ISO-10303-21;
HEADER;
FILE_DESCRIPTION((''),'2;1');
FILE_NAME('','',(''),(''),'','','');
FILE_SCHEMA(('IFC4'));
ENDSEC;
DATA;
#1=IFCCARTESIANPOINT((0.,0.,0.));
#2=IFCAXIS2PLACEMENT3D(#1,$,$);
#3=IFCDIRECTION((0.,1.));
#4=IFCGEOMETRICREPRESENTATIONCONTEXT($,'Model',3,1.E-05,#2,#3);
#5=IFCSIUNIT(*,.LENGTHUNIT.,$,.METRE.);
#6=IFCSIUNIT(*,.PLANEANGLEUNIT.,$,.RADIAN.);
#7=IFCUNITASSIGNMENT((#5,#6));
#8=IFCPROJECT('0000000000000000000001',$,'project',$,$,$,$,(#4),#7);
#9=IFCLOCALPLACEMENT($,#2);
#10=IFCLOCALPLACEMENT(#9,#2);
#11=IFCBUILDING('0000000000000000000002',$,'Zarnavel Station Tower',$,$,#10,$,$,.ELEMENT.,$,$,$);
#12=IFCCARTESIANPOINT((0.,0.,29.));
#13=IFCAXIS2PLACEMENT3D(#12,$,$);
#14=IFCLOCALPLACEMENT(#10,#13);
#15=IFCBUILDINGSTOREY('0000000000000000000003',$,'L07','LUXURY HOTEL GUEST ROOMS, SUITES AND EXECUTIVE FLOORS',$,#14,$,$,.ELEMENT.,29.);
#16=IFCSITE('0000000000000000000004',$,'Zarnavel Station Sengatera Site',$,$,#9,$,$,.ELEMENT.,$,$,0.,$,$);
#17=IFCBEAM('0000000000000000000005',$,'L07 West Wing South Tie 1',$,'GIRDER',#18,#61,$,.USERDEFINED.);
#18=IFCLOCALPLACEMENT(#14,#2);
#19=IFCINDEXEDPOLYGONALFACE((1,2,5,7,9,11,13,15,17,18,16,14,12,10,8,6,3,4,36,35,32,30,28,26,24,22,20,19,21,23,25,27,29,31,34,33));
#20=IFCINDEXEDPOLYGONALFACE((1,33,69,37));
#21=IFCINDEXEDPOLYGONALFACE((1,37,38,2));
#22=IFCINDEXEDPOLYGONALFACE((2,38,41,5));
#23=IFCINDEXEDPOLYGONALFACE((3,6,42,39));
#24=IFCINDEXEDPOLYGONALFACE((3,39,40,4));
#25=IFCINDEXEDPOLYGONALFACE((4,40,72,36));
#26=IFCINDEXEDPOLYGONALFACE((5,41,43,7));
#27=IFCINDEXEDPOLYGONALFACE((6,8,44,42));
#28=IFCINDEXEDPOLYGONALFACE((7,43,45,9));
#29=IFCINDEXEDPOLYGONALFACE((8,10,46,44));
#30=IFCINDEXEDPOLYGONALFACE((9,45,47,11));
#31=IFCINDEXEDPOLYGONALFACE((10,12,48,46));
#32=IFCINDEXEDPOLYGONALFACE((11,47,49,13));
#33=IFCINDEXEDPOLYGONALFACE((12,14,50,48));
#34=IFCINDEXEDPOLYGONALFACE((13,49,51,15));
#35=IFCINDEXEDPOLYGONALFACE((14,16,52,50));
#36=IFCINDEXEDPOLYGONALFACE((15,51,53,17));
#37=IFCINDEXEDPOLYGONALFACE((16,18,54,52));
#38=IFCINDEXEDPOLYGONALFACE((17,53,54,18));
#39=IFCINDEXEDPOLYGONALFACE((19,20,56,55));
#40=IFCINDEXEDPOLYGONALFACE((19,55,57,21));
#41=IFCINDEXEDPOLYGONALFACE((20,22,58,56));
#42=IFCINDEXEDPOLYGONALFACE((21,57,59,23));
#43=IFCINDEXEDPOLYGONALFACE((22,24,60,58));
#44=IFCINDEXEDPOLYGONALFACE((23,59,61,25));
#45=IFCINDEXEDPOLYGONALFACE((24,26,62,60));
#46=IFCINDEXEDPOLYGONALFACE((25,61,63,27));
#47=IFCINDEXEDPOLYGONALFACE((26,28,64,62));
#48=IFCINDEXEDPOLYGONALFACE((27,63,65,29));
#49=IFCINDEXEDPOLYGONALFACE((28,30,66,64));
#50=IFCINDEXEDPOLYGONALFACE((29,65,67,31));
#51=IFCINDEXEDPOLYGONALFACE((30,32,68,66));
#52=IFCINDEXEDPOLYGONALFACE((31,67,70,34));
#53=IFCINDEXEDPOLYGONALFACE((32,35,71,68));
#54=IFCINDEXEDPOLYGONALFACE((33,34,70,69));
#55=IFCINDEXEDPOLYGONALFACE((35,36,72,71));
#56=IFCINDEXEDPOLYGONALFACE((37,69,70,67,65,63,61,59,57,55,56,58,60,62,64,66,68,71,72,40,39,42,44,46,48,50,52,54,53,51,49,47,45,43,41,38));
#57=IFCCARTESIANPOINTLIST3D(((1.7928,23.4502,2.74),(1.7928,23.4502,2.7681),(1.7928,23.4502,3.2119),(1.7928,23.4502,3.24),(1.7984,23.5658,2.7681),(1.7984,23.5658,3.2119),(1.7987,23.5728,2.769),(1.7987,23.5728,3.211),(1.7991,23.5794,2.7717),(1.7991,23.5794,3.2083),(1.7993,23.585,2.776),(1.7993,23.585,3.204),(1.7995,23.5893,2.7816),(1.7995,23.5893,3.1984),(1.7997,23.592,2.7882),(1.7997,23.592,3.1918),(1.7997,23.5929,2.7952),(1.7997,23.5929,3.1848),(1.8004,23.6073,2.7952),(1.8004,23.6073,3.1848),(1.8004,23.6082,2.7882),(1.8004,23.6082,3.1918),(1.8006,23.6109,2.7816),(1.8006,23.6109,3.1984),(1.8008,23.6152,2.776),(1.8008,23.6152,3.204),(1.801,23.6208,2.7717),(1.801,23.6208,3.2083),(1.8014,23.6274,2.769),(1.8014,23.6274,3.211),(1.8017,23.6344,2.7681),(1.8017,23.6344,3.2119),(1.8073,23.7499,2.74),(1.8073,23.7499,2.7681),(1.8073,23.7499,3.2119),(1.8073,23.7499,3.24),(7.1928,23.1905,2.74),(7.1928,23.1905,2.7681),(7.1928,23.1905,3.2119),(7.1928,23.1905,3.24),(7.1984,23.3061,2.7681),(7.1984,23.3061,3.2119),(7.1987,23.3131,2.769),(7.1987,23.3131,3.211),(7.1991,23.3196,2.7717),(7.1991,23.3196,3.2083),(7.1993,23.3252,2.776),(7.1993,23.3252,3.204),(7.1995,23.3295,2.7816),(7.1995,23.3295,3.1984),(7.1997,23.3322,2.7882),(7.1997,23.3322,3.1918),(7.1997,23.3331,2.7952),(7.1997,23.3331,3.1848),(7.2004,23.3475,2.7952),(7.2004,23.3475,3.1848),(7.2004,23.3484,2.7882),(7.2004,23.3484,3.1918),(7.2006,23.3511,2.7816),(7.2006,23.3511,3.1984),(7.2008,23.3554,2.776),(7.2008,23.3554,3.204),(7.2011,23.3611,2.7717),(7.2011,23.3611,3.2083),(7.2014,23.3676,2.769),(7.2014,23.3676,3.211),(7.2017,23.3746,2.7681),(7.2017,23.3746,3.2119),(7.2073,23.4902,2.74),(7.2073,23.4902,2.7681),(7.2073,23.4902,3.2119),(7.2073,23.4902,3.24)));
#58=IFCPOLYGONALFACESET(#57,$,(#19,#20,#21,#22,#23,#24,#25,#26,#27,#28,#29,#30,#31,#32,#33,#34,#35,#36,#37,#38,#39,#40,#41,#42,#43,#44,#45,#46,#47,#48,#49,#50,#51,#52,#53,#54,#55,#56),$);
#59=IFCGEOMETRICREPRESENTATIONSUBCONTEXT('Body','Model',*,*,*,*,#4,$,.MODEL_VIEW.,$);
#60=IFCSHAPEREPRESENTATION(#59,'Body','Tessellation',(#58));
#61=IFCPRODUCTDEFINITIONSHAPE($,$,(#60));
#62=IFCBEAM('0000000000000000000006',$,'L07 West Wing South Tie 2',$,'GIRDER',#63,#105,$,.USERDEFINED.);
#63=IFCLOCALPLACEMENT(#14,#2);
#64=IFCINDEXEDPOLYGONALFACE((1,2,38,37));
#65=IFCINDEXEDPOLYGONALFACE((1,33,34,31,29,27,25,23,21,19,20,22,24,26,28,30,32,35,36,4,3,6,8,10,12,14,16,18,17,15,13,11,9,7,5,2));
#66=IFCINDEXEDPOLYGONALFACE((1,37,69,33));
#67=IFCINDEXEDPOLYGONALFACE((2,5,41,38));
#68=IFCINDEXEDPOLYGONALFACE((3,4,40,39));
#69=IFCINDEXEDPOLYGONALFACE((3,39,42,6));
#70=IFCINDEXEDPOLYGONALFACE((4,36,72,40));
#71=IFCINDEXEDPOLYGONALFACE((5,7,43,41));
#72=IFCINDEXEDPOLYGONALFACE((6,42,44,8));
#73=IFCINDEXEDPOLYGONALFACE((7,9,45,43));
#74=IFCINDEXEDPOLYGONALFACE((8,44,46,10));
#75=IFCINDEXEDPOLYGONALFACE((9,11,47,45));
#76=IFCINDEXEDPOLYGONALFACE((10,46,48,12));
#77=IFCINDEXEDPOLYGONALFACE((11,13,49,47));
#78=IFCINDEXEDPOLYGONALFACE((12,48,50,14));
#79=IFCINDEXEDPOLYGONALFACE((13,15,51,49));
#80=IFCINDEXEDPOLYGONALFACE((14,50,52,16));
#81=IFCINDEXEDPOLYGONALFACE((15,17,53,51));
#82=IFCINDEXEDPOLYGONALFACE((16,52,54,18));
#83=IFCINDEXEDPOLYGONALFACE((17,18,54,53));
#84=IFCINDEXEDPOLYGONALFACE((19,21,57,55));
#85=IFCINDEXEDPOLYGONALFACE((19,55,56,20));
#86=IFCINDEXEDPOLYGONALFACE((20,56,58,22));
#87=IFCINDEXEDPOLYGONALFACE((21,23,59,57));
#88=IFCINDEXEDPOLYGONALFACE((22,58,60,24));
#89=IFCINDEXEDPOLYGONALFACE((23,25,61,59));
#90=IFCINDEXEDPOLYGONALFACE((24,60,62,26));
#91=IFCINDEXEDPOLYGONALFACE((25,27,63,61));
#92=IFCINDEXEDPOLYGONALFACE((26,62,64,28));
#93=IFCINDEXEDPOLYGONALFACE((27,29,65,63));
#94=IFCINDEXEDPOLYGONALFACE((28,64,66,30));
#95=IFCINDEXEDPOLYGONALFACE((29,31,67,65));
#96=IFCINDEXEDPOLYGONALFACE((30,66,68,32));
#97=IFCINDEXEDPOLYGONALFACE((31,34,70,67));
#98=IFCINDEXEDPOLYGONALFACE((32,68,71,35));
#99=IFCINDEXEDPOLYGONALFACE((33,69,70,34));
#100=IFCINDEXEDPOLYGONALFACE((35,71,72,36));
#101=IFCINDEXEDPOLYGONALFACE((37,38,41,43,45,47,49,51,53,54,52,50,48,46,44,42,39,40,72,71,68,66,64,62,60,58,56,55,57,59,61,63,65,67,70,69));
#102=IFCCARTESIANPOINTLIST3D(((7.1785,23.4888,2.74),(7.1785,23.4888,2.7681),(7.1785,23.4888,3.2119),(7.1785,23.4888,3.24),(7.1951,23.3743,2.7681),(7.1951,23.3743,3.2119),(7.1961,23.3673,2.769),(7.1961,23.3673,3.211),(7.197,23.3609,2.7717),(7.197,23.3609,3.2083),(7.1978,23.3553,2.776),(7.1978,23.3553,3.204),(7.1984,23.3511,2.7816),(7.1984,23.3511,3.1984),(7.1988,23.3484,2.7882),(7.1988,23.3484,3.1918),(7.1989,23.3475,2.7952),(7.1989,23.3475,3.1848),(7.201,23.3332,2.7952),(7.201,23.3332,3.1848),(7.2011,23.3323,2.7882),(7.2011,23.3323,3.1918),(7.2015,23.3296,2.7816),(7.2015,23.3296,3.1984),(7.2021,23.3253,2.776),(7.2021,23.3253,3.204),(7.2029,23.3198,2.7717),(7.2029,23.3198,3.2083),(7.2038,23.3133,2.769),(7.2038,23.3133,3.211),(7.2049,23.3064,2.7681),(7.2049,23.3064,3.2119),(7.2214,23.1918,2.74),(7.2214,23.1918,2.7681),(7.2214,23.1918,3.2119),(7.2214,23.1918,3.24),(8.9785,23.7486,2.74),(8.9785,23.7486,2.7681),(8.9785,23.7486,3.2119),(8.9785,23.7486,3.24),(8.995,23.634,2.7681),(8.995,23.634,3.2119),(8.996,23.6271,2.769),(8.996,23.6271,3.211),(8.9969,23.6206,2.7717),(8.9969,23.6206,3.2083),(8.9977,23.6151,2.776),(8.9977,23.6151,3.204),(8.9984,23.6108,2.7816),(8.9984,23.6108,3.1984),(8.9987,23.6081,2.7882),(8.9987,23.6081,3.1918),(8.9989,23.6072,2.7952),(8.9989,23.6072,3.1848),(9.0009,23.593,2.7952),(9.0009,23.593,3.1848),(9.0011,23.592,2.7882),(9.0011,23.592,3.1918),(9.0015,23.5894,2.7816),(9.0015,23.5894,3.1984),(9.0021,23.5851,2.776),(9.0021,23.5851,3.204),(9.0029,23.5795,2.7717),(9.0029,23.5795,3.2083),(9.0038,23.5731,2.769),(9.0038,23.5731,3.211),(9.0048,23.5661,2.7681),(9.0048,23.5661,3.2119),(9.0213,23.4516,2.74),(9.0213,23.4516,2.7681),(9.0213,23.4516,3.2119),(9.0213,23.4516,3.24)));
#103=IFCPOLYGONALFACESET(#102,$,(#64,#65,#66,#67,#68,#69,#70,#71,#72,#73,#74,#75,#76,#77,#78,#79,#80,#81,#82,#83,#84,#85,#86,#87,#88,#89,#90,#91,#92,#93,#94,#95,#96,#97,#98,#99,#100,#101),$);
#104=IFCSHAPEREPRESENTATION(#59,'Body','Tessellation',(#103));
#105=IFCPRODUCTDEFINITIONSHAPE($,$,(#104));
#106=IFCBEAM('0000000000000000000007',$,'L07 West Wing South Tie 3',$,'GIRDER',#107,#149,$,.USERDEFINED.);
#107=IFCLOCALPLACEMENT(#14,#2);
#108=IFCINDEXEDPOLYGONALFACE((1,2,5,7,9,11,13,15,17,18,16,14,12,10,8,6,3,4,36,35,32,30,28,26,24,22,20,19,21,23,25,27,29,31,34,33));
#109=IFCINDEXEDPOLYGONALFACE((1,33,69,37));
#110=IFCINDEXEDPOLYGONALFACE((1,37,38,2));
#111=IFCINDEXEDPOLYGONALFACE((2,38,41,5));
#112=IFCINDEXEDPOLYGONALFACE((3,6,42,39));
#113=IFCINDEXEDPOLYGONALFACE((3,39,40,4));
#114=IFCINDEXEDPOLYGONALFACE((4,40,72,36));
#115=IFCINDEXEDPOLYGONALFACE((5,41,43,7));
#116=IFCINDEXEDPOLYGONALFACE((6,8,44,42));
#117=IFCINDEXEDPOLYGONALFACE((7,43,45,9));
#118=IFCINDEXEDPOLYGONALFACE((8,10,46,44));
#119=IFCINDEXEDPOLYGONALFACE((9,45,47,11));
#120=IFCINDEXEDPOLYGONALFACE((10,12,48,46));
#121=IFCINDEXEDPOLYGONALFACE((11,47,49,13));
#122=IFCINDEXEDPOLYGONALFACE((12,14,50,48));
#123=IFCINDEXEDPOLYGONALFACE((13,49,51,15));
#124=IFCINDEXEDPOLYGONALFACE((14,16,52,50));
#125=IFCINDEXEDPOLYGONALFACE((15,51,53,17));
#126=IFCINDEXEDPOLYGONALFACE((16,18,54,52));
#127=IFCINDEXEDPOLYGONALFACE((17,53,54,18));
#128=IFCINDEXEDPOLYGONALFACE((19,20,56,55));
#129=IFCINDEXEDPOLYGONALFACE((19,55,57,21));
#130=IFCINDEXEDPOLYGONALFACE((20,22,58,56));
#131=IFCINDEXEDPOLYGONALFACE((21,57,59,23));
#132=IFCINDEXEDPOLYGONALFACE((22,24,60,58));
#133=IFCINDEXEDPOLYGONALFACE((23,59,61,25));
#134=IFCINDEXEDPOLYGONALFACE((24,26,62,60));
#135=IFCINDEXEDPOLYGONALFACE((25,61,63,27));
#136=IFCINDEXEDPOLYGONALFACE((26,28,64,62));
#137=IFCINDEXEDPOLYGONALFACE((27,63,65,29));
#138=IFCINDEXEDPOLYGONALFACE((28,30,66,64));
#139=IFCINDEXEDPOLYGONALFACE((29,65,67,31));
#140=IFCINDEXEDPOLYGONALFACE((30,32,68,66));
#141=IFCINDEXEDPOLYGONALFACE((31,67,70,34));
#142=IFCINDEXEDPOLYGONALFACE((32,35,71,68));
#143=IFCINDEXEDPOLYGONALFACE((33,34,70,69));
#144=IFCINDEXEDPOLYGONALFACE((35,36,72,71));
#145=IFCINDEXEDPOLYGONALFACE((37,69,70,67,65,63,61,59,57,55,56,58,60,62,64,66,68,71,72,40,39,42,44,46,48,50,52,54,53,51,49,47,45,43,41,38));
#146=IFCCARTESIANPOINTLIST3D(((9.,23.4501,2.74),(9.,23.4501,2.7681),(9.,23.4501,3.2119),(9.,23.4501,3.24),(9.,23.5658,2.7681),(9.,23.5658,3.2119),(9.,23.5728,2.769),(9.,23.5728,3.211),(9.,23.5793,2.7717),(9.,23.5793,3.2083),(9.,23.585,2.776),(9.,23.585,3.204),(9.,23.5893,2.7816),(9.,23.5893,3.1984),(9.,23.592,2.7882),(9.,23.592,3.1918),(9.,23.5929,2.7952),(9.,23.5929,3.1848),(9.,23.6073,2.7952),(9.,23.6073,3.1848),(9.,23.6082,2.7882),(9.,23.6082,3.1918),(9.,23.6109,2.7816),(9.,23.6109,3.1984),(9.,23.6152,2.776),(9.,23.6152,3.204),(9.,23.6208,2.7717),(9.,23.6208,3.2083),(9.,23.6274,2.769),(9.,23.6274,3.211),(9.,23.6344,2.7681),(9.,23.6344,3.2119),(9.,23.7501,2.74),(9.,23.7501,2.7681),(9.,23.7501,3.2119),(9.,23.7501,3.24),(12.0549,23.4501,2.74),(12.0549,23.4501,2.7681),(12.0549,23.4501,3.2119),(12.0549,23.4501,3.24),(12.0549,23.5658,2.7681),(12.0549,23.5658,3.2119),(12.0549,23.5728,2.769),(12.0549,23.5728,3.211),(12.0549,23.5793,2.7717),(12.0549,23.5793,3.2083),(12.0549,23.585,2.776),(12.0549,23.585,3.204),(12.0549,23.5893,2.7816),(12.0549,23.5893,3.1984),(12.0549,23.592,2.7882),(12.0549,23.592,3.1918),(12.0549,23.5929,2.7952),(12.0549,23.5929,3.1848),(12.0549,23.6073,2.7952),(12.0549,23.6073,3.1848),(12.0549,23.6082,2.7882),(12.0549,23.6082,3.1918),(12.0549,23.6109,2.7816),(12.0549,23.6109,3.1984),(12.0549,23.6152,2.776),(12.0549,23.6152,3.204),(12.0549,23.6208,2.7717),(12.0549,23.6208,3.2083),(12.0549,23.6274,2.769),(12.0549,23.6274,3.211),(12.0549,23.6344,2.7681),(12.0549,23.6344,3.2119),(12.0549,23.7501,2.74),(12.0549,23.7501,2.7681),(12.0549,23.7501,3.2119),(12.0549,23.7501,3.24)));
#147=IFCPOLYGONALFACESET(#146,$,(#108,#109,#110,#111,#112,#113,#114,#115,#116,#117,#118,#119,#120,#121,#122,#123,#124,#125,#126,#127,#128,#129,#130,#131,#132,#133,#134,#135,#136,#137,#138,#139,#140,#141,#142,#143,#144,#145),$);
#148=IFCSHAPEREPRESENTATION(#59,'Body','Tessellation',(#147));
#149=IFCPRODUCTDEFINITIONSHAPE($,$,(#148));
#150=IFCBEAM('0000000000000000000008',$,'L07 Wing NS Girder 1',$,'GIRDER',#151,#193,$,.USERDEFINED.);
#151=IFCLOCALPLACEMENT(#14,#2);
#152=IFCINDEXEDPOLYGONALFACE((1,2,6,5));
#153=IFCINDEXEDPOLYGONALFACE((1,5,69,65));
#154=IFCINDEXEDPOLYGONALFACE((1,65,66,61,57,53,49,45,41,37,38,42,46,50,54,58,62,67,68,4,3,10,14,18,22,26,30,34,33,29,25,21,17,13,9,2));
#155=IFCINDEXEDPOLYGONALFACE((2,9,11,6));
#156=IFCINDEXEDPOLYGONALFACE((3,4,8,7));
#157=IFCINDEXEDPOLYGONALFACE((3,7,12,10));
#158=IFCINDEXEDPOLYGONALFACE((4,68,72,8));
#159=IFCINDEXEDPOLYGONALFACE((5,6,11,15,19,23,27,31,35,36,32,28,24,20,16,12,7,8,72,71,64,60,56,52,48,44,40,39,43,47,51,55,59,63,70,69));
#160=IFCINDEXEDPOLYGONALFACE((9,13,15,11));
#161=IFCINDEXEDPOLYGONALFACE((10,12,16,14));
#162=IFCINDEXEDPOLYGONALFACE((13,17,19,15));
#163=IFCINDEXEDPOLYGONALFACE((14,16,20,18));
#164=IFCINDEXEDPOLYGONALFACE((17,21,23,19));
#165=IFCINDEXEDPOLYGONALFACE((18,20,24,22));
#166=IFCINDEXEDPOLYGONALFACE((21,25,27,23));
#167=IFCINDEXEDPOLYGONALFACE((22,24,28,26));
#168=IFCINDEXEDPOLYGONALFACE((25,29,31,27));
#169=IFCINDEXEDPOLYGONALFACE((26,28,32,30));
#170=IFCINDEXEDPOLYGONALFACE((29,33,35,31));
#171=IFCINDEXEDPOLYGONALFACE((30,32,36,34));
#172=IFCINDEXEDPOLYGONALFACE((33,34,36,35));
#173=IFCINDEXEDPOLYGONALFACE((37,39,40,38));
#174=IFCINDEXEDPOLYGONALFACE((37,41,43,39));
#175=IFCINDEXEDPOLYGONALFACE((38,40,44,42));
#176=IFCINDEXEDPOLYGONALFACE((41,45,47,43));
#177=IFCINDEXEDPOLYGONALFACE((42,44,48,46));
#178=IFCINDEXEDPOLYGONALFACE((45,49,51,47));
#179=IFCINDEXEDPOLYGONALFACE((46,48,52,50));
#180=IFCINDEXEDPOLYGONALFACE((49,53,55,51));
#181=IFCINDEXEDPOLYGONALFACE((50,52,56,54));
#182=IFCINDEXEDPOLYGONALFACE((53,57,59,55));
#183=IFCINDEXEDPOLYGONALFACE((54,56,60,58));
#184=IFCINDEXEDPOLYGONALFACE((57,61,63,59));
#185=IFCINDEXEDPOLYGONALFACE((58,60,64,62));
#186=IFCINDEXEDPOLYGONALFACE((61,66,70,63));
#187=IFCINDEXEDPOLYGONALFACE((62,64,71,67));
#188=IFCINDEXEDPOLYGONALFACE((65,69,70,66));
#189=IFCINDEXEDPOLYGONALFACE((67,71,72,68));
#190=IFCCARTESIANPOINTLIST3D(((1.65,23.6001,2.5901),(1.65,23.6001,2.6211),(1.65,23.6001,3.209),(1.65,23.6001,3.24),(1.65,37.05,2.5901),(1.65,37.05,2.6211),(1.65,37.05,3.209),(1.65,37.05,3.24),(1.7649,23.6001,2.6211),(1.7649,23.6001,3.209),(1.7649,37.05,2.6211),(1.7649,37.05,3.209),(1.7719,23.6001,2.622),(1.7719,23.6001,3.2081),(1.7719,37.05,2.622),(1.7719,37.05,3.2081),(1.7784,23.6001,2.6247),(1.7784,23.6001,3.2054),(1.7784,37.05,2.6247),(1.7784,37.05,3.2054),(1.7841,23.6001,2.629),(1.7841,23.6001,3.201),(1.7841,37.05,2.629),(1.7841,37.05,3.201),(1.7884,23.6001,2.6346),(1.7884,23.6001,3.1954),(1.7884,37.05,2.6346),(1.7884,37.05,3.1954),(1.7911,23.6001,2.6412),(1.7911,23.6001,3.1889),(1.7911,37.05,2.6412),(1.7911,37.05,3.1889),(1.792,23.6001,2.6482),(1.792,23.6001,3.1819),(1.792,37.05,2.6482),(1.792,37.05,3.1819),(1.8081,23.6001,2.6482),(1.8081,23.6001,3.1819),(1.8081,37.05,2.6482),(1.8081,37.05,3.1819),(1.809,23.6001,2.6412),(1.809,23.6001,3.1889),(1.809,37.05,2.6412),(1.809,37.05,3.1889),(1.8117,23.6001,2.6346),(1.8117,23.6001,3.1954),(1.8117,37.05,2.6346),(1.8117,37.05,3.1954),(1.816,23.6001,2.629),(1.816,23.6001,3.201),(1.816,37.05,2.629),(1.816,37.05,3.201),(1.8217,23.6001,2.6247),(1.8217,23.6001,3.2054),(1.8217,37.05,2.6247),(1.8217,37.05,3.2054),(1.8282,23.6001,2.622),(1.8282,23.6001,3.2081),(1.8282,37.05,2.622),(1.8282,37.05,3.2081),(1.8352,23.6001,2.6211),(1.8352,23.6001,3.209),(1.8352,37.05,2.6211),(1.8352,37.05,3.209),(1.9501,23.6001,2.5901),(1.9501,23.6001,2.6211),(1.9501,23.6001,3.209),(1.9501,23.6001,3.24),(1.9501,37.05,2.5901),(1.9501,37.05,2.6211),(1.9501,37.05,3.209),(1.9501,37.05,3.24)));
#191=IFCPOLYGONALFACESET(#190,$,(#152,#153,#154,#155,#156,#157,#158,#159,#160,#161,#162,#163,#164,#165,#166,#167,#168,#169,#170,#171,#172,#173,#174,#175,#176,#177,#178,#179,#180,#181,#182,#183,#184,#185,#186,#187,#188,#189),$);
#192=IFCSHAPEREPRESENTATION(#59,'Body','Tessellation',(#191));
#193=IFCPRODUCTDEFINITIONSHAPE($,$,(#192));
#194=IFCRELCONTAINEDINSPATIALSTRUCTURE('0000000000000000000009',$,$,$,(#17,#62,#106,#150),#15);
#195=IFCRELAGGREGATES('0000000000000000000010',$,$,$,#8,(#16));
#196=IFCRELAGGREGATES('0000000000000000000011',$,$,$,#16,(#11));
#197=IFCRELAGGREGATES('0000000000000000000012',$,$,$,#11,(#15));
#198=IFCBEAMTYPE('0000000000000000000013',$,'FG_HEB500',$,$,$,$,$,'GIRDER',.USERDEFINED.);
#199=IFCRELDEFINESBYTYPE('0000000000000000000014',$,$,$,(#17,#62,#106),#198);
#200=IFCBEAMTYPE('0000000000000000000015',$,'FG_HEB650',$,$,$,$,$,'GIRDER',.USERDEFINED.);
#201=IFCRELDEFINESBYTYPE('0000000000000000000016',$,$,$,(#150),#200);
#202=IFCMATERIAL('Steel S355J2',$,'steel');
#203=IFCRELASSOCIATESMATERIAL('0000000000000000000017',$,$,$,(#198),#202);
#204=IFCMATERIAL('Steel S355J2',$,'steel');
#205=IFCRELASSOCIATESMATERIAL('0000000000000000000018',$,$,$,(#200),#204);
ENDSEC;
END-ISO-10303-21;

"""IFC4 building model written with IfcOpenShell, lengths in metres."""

from ifc_helpers import new_model, si_unit, direction, frame, origin, origin_2d, place, context, subcontext, project, spatial, i_section, extrude, material, material_profile, profile_set, type_object, element, save


model = new_model("IFC4")

# Units and contexts
model_context = context("Model", 3, precision=1e-05, world=origin(), true_north=direction((0.0, 1.0)))
body_context = subcontext(model_context, "Body", "Model", "MODEL_VIEW")
ifc_project = project(units=[si_unit("LENGTHUNIT", "METRE"), si_unit("PLANEANGLEUNIT", "RADIAN")], contexts=[model_context])

# Site, building, storey
site_placement = place(None, origin())
site = spatial("IfcSite", under=ifc_project, at=site_placement, Name="Zarnavel Station Sengatera Site", CompositionType="ELEMENT", RefElevation=0.0)
building_placement = place(site_placement, origin())
building = spatial("IfcBuilding", under=site, at=building_placement, Name="Zarnavel Station Tower", CompositionType="ELEMENT")
storey_placement = place(building_placement, frame((0.0, 0.0, 29.0)))
storey = spatial("IfcBuildingStorey", under=building, at=storey_placement, Name="L07", Description="LUXURY HOTEL GUEST ROOMS, SUITES AND EXECUTIVE FLOORS", CompositionType="ELEMENT", Elevation=29.0)

# Beams
ifc_material_1 = material(Name="Steel S355J2", Category="steel")
ifc_material_profile_1 = material_profile(ifc_material_1, i_section(OverallWidth=0.3, OverallDepth=0.5, WebThickness=0.0144, FlangeThickness=0.0281, FilletRadius=0.0271, at=origin_2d()), Name="HEB500")
ifc_profile_set_1 = profile_set([ifc_material_profile_1], Name="Steel S355J2")
beam_type_1 = type_object("IfcBeamType", Name="FG_HEB500", ElementType="GIRDER", PredefinedType="USERDEFINED", material=ifc_profile_set_1)
beam_1_placement = place(storey_placement, frame((1.8, 23.6001, 2.99), z_axis=(0.998845, -0.04805, 0.0), x_axis=(0.04805, 0.998845, 0.0)))
element("IfcBeam", 1, at=beam_1_placement, inside=storey, type_object=beam_type_1, Name="L07 West Wing South Tie 1", ObjectType="GIRDER", PredefinedType="USERDEFINED", context=body_context, shape_type="SweptSolid", body=[
    extrude(i_section(OverallWidth=0.3, OverallDepth=0.5, WebThickness=0.0144, FlangeThickness=0.0281, FilletRadius=0.0271, at=origin_2d()), origin(), (0.0, 0.0, 1.0), 5.4062),
])
beam_2_placement = place(storey_placement, frame((7.2, 23.3403, 2.99), z_axis=(0.989747, 0.142831, 0.0), x_axis=(-0.142831, 0.989747, 0.0)))
element("IfcBeam", 2, at=beam_2_placement, inside=storey, type_object=beam_type_1, Name="L07 West Wing South Tie 2", ObjectType="GIRDER", PredefinedType="USERDEFINED", context=body_context, shape_type="SweptSolid", body=[
    extrude(i_section(OverallWidth=0.3, OverallDepth=0.5, WebThickness=0.0144, FlangeThickness=0.0281, FilletRadius=0.0271, at=origin_2d()), origin(), (0.0, 0.0, 1.0), 1.8186),
])
beam_3_placement = place(storey_placement, frame((9.0, 23.6001, 2.99), z_axis=(1.0, 0.0, 0.0), x_axis=(0.0, 1.0, 0.0)))
element("IfcBeam", 3, at=beam_3_placement, inside=storey, type_object=beam_type_1, Name="L07 West Wing South Tie 3", ObjectType="GIRDER", PredefinedType="USERDEFINED", context=body_context, shape_type="SweptSolid", body=[
    extrude(i_section(OverallWidth=0.3, OverallDepth=0.5, WebThickness=0.0144, FlangeThickness=0.0281, FilletRadius=0.0271, at=origin_2d()), origin(), (0.0, 0.0, 1.0), 3.0549),
])
ifc_material_2 = material(Name="Steel S355J2", Category="steel")
ifc_material_profile_2 = material_profile(ifc_material_2, i_section(OverallWidth=0.3, OverallDepth=0.6499, WebThickness=0.0161, FlangeThickness=0.031, FilletRadius=0.0271, at=origin_2d()), Name="HEB650")
ifc_profile_set_2 = profile_set([ifc_material_profile_2], Name="Steel S355J2")
beam_type_2 = type_object("IfcBeamType", Name="FG_HEB650", ElementType="GIRDER", PredefinedType="USERDEFINED", material=ifc_profile_set_2)
beam_4_placement = place(storey_placement, frame((1.8, 23.6001, 2.915), z_axis=(0.0, 1.0, 0.0), x_axis=(-1.0, 0.0, 0.0)))
element("IfcBeam", 4, at=beam_4_placement, inside=storey, type_object=beam_type_2, Name="L07 Wing NS Girder 1", ObjectType="GIRDER", PredefinedType="USERDEFINED", context=body_context, shape_type="SweptSolid", body=[
    extrude(i_section(OverallWidth=0.3, OverallDepth=0.6499, WebThickness=0.0161, FlangeThickness=0.031, FilletRadius=0.0271, at=origin_2d()), origin(), (0.0, 0.0, 1.0), 13.45),
])

save(model, "model.ifc")
